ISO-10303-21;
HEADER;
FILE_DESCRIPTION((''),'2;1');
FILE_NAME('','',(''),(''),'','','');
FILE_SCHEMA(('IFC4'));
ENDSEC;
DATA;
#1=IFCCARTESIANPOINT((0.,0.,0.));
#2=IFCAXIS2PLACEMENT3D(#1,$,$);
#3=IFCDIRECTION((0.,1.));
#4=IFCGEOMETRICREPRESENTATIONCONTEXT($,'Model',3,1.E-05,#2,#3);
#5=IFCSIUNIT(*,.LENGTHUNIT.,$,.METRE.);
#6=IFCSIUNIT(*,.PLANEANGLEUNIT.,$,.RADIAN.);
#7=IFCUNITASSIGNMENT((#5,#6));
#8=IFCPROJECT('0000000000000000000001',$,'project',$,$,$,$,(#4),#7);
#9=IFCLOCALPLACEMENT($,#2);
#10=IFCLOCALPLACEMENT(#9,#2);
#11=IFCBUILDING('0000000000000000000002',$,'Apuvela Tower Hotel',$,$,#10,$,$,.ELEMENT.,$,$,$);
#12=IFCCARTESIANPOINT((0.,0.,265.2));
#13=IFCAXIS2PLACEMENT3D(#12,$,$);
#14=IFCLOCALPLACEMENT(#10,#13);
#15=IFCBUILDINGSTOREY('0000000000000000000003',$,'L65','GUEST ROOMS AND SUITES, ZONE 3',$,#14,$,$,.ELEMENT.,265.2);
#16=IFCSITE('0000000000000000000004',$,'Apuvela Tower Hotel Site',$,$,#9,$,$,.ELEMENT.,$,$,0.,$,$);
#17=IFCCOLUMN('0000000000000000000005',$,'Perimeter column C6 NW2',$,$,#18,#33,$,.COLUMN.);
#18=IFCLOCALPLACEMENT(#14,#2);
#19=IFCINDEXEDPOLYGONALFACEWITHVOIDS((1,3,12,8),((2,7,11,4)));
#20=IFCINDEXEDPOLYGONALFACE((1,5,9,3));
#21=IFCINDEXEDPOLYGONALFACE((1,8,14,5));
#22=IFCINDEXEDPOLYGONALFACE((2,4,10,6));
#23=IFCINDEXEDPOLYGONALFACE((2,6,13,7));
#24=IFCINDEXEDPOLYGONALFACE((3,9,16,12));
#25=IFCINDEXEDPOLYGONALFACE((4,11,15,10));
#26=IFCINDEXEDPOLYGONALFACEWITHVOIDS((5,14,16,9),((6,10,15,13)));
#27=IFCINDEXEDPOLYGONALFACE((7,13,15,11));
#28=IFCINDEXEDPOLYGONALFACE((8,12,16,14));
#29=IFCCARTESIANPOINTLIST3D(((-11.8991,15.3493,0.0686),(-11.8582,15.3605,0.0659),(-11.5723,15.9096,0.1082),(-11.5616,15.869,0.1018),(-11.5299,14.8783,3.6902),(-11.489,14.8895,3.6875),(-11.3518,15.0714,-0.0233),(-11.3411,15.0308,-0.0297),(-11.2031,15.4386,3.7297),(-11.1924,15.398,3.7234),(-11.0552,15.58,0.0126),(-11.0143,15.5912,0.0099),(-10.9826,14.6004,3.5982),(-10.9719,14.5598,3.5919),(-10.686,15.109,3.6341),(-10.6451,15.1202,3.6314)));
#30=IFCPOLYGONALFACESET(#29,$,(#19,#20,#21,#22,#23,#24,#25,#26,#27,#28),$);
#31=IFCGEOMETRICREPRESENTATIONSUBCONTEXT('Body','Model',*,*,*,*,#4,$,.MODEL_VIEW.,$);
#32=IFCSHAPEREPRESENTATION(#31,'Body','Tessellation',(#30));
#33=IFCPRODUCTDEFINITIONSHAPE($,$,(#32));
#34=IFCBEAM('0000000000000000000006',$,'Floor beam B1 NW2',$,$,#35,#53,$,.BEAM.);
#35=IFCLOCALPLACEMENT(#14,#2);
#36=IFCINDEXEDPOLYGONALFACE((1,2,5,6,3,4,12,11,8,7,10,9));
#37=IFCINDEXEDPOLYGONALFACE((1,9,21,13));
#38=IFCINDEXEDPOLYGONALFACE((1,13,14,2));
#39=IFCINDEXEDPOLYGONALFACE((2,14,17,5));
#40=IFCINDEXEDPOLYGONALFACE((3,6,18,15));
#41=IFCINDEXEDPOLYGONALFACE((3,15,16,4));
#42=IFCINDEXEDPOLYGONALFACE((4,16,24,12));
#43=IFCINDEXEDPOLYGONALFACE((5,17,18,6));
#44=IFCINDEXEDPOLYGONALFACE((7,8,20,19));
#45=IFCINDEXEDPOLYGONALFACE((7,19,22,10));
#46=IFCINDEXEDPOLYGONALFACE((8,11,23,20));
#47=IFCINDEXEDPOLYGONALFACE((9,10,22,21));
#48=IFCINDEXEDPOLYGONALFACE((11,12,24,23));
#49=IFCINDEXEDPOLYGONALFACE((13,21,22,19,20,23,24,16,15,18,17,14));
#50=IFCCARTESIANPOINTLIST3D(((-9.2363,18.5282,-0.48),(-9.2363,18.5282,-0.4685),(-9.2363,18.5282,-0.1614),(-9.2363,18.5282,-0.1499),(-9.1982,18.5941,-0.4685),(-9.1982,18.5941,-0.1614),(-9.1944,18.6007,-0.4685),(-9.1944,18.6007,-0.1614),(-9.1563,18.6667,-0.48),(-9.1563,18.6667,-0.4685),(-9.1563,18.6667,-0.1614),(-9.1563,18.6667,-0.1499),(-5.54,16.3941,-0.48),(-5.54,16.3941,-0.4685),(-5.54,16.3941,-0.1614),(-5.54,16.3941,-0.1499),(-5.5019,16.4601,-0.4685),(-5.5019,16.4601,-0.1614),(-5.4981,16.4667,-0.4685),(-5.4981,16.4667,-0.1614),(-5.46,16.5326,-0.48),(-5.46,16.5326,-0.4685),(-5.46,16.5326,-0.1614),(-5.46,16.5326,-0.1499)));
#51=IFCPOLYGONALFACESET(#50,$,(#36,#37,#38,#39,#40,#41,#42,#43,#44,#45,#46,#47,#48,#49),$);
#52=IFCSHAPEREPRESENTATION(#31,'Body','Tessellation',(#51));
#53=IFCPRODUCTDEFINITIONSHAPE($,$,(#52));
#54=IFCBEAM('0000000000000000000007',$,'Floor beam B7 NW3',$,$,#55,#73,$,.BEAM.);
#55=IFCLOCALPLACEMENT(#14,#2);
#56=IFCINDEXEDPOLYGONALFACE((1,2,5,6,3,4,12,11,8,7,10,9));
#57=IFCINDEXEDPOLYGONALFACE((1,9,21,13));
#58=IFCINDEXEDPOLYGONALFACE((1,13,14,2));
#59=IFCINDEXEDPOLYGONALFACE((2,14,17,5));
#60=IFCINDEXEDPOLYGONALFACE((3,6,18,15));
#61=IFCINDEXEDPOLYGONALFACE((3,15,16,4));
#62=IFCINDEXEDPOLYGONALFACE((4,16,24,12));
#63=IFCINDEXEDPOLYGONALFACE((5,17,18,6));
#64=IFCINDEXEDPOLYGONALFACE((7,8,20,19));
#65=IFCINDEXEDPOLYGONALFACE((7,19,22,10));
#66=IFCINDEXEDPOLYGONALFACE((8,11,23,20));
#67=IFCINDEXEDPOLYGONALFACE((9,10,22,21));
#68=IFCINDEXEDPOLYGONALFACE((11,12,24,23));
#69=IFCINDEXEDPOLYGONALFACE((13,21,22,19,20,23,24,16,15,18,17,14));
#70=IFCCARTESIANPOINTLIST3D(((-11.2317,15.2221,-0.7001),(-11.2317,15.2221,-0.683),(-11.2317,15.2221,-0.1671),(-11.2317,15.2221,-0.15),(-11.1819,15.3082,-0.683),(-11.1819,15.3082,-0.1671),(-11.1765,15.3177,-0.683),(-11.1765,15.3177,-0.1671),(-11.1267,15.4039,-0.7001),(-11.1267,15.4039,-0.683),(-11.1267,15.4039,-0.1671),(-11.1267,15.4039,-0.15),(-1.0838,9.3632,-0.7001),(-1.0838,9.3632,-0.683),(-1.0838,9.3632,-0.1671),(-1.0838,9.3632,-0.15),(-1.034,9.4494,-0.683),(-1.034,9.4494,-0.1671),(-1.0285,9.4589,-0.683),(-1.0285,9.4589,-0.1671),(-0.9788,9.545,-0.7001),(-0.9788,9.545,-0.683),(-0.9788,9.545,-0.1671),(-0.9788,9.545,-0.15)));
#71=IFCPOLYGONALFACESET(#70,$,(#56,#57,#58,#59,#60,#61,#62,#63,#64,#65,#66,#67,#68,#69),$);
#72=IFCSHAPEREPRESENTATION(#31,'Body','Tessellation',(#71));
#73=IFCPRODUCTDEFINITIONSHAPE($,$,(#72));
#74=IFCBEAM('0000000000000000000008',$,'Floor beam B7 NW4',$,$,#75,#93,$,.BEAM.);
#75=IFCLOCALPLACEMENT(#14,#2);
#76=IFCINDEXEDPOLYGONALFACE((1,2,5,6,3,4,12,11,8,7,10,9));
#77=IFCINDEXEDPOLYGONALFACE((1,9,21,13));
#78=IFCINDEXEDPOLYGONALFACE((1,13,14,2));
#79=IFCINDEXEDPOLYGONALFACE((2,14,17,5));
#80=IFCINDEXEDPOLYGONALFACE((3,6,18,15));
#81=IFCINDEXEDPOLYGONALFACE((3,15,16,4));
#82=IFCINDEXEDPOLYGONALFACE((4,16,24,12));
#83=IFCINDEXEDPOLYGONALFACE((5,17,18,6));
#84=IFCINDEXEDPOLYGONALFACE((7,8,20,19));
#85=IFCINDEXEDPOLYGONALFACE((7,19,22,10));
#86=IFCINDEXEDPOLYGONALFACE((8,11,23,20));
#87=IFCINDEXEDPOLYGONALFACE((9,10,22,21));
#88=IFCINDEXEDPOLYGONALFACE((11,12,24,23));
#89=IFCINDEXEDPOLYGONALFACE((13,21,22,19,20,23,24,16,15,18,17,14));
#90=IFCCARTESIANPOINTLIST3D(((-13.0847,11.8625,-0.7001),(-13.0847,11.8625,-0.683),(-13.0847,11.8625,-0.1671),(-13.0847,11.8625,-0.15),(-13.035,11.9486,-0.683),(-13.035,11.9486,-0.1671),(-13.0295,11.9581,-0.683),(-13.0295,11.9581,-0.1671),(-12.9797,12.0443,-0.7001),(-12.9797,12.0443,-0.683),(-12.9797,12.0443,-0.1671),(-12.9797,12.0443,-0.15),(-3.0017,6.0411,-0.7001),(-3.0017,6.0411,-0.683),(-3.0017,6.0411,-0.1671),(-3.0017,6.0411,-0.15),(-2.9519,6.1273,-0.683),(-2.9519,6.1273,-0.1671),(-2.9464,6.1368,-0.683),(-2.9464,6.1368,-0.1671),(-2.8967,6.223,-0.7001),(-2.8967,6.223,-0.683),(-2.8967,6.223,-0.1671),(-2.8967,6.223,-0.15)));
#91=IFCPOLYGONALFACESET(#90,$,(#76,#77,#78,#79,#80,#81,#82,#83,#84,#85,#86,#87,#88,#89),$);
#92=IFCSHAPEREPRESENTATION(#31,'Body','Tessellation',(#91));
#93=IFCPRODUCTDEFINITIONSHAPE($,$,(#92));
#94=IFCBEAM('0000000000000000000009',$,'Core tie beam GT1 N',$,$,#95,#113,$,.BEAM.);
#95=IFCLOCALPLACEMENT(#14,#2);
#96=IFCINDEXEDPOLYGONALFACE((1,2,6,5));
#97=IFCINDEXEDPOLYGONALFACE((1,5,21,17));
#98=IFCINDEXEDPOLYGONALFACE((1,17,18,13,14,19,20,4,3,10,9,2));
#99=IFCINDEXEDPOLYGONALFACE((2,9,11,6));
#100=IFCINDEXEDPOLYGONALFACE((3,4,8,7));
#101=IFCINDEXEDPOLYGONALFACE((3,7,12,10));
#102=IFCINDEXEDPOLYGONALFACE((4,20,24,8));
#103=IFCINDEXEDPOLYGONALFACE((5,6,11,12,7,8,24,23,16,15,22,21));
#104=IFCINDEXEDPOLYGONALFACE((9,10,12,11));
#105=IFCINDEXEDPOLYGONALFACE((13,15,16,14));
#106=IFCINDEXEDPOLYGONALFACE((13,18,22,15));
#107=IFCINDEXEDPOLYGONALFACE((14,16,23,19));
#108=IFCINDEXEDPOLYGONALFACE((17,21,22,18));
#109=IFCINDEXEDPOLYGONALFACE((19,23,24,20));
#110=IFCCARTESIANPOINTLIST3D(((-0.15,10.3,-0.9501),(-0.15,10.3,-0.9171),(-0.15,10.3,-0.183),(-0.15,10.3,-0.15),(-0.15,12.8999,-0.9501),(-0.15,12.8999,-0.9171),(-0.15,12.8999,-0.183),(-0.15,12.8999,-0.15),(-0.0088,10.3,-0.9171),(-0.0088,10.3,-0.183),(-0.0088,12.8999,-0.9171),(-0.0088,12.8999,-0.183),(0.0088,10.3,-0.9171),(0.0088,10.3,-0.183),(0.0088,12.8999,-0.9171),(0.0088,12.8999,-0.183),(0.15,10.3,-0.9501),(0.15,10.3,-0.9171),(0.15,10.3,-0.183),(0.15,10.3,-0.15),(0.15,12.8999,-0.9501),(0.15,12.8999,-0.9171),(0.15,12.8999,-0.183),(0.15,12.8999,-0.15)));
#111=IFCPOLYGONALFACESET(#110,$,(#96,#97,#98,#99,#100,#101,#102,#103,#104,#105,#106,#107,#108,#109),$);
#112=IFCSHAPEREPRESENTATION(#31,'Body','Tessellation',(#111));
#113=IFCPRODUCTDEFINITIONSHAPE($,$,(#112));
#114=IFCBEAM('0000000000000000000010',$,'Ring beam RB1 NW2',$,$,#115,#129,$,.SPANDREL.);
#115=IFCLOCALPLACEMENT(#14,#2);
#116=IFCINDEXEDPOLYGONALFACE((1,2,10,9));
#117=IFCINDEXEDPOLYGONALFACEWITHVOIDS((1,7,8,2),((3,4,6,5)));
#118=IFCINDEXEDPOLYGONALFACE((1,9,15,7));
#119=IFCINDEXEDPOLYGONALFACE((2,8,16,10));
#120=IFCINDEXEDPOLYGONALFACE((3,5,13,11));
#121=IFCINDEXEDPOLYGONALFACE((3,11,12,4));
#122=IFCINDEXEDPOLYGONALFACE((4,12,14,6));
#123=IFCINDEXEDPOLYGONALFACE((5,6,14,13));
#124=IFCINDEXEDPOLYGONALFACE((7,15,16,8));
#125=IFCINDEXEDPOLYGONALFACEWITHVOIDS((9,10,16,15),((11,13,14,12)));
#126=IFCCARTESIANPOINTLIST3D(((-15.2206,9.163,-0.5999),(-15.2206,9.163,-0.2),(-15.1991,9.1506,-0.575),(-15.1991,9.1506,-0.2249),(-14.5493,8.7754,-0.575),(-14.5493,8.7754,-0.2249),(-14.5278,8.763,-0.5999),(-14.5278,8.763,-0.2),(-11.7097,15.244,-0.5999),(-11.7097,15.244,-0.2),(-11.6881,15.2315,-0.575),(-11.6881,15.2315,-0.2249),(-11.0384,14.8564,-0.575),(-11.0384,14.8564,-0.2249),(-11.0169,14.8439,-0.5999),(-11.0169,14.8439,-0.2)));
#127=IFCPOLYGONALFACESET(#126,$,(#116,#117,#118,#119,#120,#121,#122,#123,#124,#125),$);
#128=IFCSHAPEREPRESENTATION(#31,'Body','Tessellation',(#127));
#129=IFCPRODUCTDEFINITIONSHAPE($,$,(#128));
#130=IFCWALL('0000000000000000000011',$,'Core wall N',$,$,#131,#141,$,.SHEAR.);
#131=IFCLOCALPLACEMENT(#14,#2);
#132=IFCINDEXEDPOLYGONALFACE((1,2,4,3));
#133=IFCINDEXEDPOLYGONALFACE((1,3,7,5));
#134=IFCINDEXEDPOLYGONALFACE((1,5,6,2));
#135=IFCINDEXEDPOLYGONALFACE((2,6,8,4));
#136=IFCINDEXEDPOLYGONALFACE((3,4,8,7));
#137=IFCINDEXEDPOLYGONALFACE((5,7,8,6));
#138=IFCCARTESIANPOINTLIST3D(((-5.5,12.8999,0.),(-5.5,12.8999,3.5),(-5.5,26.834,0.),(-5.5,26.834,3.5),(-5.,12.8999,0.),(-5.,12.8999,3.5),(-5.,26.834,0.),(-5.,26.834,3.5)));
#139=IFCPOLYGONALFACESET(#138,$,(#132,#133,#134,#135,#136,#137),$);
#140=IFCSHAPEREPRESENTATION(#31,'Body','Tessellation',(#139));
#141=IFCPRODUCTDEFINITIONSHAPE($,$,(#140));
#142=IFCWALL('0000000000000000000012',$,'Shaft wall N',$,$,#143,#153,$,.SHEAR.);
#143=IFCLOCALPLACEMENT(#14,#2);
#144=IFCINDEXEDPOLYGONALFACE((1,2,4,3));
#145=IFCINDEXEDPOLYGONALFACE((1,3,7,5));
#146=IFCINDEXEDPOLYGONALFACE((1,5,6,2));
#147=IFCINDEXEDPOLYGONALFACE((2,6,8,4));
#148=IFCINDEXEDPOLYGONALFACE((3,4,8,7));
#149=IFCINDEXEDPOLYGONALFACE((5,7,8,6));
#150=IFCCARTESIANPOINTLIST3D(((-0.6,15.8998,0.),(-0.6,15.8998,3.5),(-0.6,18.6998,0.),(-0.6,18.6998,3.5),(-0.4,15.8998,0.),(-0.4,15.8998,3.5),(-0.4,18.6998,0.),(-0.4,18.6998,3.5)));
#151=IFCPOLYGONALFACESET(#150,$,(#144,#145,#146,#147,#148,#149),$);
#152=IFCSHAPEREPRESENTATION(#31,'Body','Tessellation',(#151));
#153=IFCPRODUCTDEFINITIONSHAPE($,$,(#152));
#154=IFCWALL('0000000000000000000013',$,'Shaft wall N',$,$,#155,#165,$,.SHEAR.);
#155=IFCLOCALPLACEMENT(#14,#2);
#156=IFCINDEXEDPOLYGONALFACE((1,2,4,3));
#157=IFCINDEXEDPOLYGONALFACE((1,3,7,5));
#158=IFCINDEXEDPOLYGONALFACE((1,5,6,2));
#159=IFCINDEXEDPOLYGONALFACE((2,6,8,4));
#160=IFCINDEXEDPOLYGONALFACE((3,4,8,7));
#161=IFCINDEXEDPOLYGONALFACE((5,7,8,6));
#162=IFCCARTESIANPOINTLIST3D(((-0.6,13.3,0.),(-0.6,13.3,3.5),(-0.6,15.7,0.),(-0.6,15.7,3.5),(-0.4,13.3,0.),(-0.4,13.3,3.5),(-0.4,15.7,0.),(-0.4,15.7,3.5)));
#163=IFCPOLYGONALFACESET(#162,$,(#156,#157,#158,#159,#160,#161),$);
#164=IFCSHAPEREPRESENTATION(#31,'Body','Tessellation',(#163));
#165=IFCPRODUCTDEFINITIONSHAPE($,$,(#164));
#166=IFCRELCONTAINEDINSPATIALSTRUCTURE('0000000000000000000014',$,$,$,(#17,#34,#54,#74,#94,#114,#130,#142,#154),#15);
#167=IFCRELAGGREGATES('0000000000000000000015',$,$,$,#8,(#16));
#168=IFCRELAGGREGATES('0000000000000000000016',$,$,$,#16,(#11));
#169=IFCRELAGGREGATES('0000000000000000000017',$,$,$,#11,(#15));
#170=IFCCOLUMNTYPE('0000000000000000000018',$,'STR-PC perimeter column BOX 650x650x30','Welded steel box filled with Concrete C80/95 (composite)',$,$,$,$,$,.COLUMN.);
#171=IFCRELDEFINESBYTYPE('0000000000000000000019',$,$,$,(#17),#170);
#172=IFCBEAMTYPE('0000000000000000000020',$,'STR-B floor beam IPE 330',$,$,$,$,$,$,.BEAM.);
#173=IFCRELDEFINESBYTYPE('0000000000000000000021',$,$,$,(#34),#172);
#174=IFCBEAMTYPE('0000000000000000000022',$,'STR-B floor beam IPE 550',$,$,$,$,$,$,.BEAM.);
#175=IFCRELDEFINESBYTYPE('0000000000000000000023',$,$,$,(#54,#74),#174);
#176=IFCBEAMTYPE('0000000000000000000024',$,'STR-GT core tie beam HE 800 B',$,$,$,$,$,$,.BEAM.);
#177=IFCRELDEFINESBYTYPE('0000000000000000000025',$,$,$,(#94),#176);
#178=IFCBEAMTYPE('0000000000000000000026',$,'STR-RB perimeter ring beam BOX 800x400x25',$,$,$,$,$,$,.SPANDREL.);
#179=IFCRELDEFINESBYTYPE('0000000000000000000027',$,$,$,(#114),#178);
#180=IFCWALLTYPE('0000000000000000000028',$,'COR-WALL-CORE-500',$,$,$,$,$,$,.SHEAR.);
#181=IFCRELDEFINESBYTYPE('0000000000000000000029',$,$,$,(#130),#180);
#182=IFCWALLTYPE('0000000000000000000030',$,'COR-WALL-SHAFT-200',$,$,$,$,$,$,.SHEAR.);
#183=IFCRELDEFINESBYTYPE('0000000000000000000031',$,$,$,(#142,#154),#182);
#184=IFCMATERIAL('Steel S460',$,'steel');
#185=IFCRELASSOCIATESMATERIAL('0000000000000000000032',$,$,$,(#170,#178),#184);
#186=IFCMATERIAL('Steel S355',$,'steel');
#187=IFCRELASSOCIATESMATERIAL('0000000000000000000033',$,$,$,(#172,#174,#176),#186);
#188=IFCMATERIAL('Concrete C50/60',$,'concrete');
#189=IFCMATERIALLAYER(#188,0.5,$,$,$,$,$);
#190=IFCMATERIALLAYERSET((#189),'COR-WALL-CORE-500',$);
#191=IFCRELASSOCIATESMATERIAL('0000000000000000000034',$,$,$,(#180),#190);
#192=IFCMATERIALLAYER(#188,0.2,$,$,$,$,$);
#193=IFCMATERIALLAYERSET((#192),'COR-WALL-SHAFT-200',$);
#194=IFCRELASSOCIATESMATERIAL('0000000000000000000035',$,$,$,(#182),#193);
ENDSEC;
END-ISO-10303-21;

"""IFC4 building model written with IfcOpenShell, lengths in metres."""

from ifc_helpers import new_model, si_unit, direction, frame, frame_2d, origin, origin_2d, place, context, subcontext, project, spatial, rectangle, hollow_rectangle, i_section, extrude, boolean, halfspace, material, layer, layer_set, material_profile, profile_set, type_object, element, save


model = new_model("IFC4")

# Units and contexts
model_context = context("Model", 3, precision=1e-05, world=origin(), true_north=direction((0.0, 1.0)))
body_context = subcontext(model_context, "Body", "Model", "MODEL_VIEW")
ifc_project = project(units=[si_unit("LENGTHUNIT", "METRE"), si_unit("PLANEANGLEUNIT", "RADIAN")], contexts=[model_context])

# Site, building, storey
site_placement = place(None, origin())
site = spatial("IfcSite", under=ifc_project, at=site_placement, Name="Apuvela Tower Hotel Site", CompositionType="ELEMENT", RefElevation=0.0)
building_placement = place(site_placement, origin())
building = spatial("IfcBuilding", under=site, at=building_placement, Name="Apuvela Tower Hotel", CompositionType="ELEMENT")
storey_placement = place(building_placement, frame((0.0, 0.0, 265.2)))
storey = spatial("IfcBuildingStorey", under=building, at=storey_placement, Name="L65", Description="GUEST ROOMS AND SUITES, ZONE 3", CompositionType="ELEMENT", Elevation=265.2)

# Column
ifc_material_1 = material(Name="Steel S460", Category="steel")
ifc_material_profile_1 = material_profile(ifc_material_1, hollow_rectangle(XDim=0.6499, YDim=0.6499, WallThickness=0.03, at=origin_2d()), Name="BOX 650x650x30")
ifc_material_2 = material(Name="Concrete C80/95", Category="concrete")
ifc_material_profile_2 = material_profile(ifc_material_2, rectangle(XDim=0.5901, YDim=0.5901, at=origin_2d()), Name="Concrete C80/95 infill")
ifc_profile_set_1 = profile_set([ifc_material_profile_1, ifc_material_profile_2], Name="Steel S460")
column_type = type_object("IfcColumnType", Name="STR-PC perimeter column BOX 650x650x30", Description="Welded steel box filled with Concrete C80/95 (composite)", PredefinedType="COLUMN", material=ifc_profile_set_1)
column_placement = place(storey_placement, frame((-11.4607, 15.4753, 0.0), z_axis=(0.100582, -0.128316, 0.98662), x_axis=(0.50286, 0.862222, 0.060872)))
element("IfcColumn", 1, at=column_placement, inside=storey, type_object=column_type, Name="Perimeter column C6 NW2", PredefinedType="COLUMN", context=body_context, shape_type="SweptSolid", body=[
    boolean("DIFFERENCE", boolean("DIFFERENCE", extrude(hollow_rectangle(XDim=0.6499, YDim=0.6499, WallThickness=0.03, at=origin_2d()), origin(), (0.0, 0.0, 1.0), 3.7502), halfspace(frame((0.0, 0.0, 0.0398), z_axis=(0.0, 0.0, 1.0), x_axis=(1.0, 0.0, 0.0)), True)), halfspace(frame((0.0, 0.0, 3.7104), z_axis=(0.0, 0.0, 1.0), x_axis=(1.0, 0.0, 0.0)), False)),
])

# Beams
ifc_material_3 = material(Name="Steel S355", Category="steel")
ifc_material_profile_3 = material_profile(ifc_material_3, i_section(OverallWidth=0.1599, OverallDepth=0.3301, WebThickness=0.0076, FlangeThickness=0.0115, at=origin_2d()), Name="IPE 330")
ifc_profile_set_2 = profile_set([ifc_material_profile_3], Name="Steel S355")
beam_type_1 = type_object("IfcBeamType", Name="STR-B floor beam IPE 330", PredefinedType="BEAM", material=ifc_profile_set_2)
beam_1_placement = place(storey_placement, frame((-9.1963, 18.5974, -0.3149), z_axis=(0.866027, -0.499996, 0.0), x_axis=(0.499996, 0.866027, 0.0)))
element("IfcBeam", 2, at=beam_1_placement, inside=storey, type_object=beam_type_1, Name="Floor beam B1 NW2", PredefinedType="BEAM", context=body_context, shape_type="SweptSolid", body=[
    extrude(i_section(OverallWidth=0.1599, OverallDepth=0.3301, WebThickness=0.0076, FlangeThickness=0.0115, at=origin_2d()), origin(), (0.0, 0.0, 1.0), 4.2681),
])
ifc_material_profile_4 = material_profile(ifc_material_3, i_section(OverallWidth=0.21, OverallDepth=0.55, WebThickness=0.011, FlangeThickness=0.0171, at=origin_2d()), Name="IPE 550")
ifc_profile_set_3 = profile_set([ifc_material_profile_4], Name="Steel S355")
beam_type_2 = type_object("IfcBeamType", Name="STR-B floor beam IPE 550", PredefinedType="BEAM", material=ifc_profile_set_3)
beam_2_placement = place(storey_placement, frame((-11.1792, 15.313, -0.425), z_axis=(0.866027, -0.499998, 0.0), x_axis=(0.499998, 0.866027, 0.0)))
element("IfcBeam", 3, at=beam_2_placement, inside=storey, type_object=beam_type_2, Name="Floor beam B7 NW3", PredefinedType="BEAM", context=body_context, shape_type="SweptSolid", body=[
    extrude(i_section(OverallWidth=0.21, OverallDepth=0.55, WebThickness=0.011, FlangeThickness=0.0171, at=origin_2d()), origin(), (0.0, 0.0, 1.0), 11.7178),
])
beam_3_placement = place(storey_placement, frame((-13.0322, 11.9534, -0.425), z_axis=(0.866031, -0.499991, 0.0), x_axis=(0.499991, 0.866031, 0.0)))
element("IfcBeam", 4, at=beam_3_placement, inside=storey, type_object=beam_type_2, Name="Floor beam B7 NW4", PredefinedType="BEAM", context=body_context, shape_type="SweptSolid", body=[
    extrude(i_section(OverallWidth=0.21, OverallDepth=0.55, WebThickness=0.011, FlangeThickness=0.0171, at=origin_2d()), origin(), (0.0, 0.0, 1.0), 11.6428),
])
ifc_material_profile_5 = material_profile(ifc_material_3, i_section(OverallWidth=0.3, OverallDepth=0.8, WebThickness=0.0176, FlangeThickness=0.033, at=origin_2d()), Name="HE 800 B")
ifc_profile_set_4 = profile_set([ifc_material_profile_5], Name="Steel S355")
beam_type_3 = type_object("IfcBeamType", Name="STR-GT core tie beam HE 800 B", PredefinedType="BEAM", material=ifc_profile_set_4)
beam_4_placement = place(storey_placement, frame((0.0, 12.8999, -0.55), z_axis=(0.0, -1.0, 0.0), x_axis=(1.0, 0.0, 0.0)))
element("IfcBeam", 5, at=beam_4_placement, inside=storey, type_object=beam_type_3, Name="Core tie beam GT1 N", PredefinedType="BEAM", context=body_context, shape_type="SweptSolid", body=[
    extrude(i_section(OverallWidth=0.3, OverallDepth=0.8, WebThickness=0.0176, FlangeThickness=0.033, at=origin_2d()), origin(), (0.0, 0.0, 1.0), 2.5999),
])
ifc_material_profile_6 = material_profile(ifc_material_1, hollow_rectangle(XDim=0.8, YDim=0.3999, WallThickness=0.0249, at=origin_2d()), Name="BOX 800x400x25")
ifc_profile_set_5 = profile_set([ifc_material_profile_6], Name="Steel S460")
beam_type_4 = type_object("IfcBeamType", Name="STR-RB perimeter ring beam BOX 800x400x25", PredefinedType="SPANDREL", material=ifc_profile_set_5)
beam_5_placement = place(storey_placement, frame((-11.3633, 15.0439, -0.3999), z_axis=(-0.500009, -0.86602, 0.0), x_axis=(0.86602, -0.500009, 0.0)))
element("IfcBeam", 6, at=beam_5_placement, inside=storey, type_object=beam_type_4, Name="Ring beam RB1 NW2", PredefinedType="SPANDREL", context=body_context, shape_type="SweptSolid", body=[
    extrude(hollow_rectangle(XDim=0.8, YDim=0.3999, WallThickness=0.0249, at=origin_2d()), origin(), (0.0, 0.0, 1.0), 7.0217),
])

# Walls
ifc_material_4 = material(Name="Concrete C50/60", Category="concrete")
ifc_layer_1 = layer(ifc_material_4, 0.5)
ifc_layer_set_1 = layer_set([ifc_layer_1], Name="COR-WALL-CORE-500")
wall_type_1 = type_object("IfcWallType", Name="COR-WALL-CORE-500", PredefinedType="SHEAR", material=ifc_layer_set_1)
wall_1_placement = place(storey_placement, frame((-5.25, 12.8999, 0.0), z_axis=(0.0, 0.0, 1.0), x_axis=(0.0, 1.0, 0.0)))
element("IfcWall", 7, at=wall_1_placement, inside=storey, type_object=wall_type_1, Name="Core wall N", PredefinedType="SHEAR", context=body_context, shape_type="SweptSolid", body=[
    extrude(rectangle(XDim=13.9341, YDim=0.5, at=frame_2d((6.967, 0.0))), origin(), (0.0, 0.0, 1.0), 3.5),
])
ifc_layer_2 = layer(ifc_material_4, 0.2)
ifc_layer_set_2 = layer_set([ifc_layer_2], Name="COR-WALL-SHAFT-200")
wall_type_2 = type_object("IfcWallType", Name="COR-WALL-SHAFT-200", PredefinedType="SHEAR", material=ifc_layer_set_2)
wall_2_placement = place(storey_placement, frame((-0.5, 15.8999, 0.0), z_axis=(0.0, 0.0, 1.0), x_axis=(0.0, 1.0, 0.0)))
element("IfcWall", 8, at=wall_2_placement, inside=storey, type_object=wall_type_2, Name="Shaft wall N", PredefinedType="SHEAR", context=body_context, shape_type="SweptSolid", body=[
    extrude(rectangle(XDim=2.8, YDim=0.2, at=frame_2d((1.3999, 0.0))), origin(), (0.0, 0.0, 1.0), 3.5),
])
wall_3_placement = place(storey_placement, frame((-0.5, 13.3, 0.0), z_axis=(0.0, 0.0, 1.0), x_axis=(0.0, 1.0, 0.0)))
element("IfcWall", 9, at=wall_3_placement, inside=storey, type_object=wall_type_2, Name="Shaft wall N", PredefinedType="SHEAR", context=body_context, shape_type="SweptSolid", body=[
    extrude(rectangle(XDim=2.3999, YDim=0.2, at=frame_2d((1.2, 0.0))), origin(), (0.0, 0.0, 1.0), 3.5),
])

save(model, "model.ifc")
